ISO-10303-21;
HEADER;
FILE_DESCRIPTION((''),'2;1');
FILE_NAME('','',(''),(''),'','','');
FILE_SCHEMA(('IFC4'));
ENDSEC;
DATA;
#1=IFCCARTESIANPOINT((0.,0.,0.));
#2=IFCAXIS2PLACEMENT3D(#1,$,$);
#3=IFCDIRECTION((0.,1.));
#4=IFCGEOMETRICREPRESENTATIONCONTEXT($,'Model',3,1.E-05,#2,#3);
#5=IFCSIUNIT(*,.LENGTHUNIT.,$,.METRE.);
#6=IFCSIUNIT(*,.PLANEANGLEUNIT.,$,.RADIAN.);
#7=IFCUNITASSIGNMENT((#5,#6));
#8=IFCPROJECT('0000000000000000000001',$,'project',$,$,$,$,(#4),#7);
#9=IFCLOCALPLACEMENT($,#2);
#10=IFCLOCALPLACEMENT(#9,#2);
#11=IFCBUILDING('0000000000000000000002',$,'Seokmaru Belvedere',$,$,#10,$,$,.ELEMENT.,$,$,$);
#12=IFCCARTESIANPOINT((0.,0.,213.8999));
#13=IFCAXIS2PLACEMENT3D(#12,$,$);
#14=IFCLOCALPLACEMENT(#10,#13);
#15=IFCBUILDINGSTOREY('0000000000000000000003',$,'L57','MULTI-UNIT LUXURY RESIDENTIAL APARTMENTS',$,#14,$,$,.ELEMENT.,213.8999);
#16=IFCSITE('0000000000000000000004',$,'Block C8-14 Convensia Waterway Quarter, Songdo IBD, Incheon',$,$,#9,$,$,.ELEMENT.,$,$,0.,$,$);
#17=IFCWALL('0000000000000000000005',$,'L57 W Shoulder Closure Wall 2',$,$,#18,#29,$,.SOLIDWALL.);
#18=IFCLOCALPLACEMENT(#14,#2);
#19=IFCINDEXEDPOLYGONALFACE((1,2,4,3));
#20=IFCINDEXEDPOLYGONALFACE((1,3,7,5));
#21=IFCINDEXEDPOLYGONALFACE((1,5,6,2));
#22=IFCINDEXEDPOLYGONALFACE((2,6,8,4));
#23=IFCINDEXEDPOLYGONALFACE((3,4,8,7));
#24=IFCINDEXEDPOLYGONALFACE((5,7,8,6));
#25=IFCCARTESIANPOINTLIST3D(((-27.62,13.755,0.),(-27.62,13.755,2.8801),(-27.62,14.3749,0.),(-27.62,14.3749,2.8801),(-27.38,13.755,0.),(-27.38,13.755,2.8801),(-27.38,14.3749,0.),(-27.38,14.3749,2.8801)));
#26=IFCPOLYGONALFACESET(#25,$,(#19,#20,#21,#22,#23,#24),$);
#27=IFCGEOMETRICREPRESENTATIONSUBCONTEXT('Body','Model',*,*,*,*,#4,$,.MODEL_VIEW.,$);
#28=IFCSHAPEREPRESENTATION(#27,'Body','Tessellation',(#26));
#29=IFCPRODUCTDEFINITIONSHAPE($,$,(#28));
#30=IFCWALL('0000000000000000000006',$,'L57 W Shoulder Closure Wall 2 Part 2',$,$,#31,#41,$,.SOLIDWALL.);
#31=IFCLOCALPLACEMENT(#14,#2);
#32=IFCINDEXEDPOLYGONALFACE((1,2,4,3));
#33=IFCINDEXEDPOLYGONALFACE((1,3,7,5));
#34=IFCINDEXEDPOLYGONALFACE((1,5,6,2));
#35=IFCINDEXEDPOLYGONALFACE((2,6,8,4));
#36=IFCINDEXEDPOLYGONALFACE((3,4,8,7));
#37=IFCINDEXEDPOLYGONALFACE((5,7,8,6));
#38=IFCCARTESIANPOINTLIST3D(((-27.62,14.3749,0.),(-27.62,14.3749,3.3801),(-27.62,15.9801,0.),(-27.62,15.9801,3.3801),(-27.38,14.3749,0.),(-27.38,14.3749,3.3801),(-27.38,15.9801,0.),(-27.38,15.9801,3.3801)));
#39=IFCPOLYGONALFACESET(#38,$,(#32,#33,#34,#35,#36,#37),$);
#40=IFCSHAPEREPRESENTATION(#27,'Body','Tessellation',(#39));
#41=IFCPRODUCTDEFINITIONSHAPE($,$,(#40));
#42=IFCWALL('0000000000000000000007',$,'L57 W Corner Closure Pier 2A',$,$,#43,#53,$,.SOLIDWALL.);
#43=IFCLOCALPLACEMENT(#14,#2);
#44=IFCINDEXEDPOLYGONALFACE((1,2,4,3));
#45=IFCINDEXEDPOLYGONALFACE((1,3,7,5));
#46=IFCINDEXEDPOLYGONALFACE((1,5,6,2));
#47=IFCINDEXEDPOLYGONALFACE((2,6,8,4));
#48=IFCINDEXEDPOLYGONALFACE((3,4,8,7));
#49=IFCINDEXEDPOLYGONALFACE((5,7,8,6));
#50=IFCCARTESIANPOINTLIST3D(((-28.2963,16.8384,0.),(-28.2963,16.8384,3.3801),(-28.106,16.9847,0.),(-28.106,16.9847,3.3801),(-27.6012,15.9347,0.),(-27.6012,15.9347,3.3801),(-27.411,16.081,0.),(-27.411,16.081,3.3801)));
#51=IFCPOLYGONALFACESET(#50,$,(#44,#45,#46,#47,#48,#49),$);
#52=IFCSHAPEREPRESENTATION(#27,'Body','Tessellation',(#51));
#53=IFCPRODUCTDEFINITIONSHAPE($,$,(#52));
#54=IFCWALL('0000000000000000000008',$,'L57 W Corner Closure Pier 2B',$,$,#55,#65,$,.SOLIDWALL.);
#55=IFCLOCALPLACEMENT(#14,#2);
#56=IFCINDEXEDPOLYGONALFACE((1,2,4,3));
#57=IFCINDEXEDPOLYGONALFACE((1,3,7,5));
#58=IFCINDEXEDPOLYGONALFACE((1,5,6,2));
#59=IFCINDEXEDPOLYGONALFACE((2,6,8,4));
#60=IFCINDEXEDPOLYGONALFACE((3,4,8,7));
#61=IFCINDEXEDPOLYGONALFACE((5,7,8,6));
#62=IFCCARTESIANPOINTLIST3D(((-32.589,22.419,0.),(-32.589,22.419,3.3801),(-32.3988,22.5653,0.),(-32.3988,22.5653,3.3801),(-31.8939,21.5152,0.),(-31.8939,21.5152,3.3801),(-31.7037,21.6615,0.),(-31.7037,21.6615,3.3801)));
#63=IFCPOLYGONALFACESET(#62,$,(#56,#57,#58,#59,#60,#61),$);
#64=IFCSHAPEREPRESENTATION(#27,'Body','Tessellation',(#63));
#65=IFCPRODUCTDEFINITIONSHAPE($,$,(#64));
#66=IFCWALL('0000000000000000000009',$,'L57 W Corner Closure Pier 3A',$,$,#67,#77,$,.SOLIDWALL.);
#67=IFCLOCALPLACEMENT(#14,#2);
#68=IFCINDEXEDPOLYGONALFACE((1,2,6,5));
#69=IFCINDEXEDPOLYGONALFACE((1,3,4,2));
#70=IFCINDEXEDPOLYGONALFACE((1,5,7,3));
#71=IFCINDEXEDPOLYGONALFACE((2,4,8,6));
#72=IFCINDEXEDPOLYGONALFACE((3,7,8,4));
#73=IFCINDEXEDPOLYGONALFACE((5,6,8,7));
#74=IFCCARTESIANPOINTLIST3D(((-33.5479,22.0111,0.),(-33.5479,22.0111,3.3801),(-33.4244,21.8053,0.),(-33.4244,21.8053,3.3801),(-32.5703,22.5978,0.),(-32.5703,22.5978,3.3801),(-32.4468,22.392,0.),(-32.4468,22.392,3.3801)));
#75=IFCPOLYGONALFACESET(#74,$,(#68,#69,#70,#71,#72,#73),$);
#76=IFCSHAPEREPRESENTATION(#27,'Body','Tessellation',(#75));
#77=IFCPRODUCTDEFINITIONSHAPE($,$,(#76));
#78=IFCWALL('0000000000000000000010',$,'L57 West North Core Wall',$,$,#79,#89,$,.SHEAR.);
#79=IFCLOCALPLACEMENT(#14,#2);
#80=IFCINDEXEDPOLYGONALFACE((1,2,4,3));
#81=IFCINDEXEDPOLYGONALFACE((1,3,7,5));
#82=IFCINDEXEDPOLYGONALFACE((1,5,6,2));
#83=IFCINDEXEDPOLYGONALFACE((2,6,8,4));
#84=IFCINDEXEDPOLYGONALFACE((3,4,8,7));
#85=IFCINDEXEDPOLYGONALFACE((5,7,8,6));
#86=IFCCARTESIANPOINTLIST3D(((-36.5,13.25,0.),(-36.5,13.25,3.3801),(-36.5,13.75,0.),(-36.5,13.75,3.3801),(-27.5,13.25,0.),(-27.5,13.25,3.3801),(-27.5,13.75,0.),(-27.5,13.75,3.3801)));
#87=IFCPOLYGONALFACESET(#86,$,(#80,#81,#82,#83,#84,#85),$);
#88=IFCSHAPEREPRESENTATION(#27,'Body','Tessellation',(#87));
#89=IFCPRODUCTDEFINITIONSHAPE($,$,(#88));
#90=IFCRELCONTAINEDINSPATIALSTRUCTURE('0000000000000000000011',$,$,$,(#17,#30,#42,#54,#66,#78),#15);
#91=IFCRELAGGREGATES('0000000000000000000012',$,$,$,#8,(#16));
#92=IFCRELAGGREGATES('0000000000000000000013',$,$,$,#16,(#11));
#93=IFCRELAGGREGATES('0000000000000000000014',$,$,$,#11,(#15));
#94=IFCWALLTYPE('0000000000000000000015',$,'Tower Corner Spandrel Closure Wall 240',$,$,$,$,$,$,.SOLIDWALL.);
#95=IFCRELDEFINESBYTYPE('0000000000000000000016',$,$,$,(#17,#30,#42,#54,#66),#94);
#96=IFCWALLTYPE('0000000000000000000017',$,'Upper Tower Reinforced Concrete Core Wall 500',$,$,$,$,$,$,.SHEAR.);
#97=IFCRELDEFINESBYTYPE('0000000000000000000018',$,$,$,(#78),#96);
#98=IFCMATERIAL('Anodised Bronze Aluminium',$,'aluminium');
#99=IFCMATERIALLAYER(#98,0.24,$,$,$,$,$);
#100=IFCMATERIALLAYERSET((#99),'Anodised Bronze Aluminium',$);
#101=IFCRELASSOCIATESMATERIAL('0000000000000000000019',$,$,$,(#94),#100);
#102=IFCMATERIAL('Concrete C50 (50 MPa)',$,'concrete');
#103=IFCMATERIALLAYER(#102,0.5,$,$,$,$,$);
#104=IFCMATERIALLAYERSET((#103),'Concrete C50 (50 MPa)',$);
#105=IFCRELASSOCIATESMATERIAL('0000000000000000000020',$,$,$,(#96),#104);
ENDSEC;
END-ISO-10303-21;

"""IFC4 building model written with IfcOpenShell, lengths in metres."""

from ifc_helpers import new_model, si_unit, direction, frame, frame_2d, origin, place, context, subcontext, project, spatial, rectangle, extrude, material, layer, layer_set, type_object, element, save


model = new_model("IFC4")

# Units and contexts
model_context = context("Model", 3, precision=1e-05, world=origin(), true_north=direction((0.0, 1.0)))
body_context = subcontext(model_context, "Body", "Model", "MODEL_VIEW")
ifc_project = project(units=[si_unit("LENGTHUNIT", "METRE"), si_unit("PLANEANGLEUNIT", "RADIAN")], contexts=[model_context])

# Site, building, storey
site_placement = place(None, origin())
site = spatial("IfcSite", under=ifc_project, at=site_placement, Name="Block C8-14 Convensia Waterway Quarter, Songdo IBD, Incheon", CompositionType="ELEMENT", RefElevation=0.0)
building_placement = place(site_placement, origin())
building = spatial("IfcBuilding", under=site, at=building_placement, Name="Seokmaru Belvedere", CompositionType="ELEMENT")
storey_placement = place(building_placement, frame((0.0, 0.0, 213.8999)))
storey = spatial("IfcBuildingStorey", under=building, at=storey_placement, Name="L57", Description="MULTI-UNIT LUXURY RESIDENTIAL APARTMENTS", CompositionType="ELEMENT", Elevation=213.8999)

# Shared definitions
ifc_material_1 = material(Name="Anodised Bronze Aluminium", Category="aluminium")

# Walls
ifc_layer_1 = layer(ifc_material_1, 0.24)
ifc_layer_set_1 = layer_set([ifc_layer_1], Name="Anodised Bronze Aluminium")
wall_type_1 = type_object("IfcWallType", Name="Tower Corner Spandrel Closure Wall 240", PredefinedType="SOLIDWALL", material=ifc_layer_set_1)
wall_1_placement = place(storey_placement, frame((-27.5, 13.7549, 0.0), z_axis=(0.0, 0.0, 1.0), x_axis=(0.0, 1.0, 0.0)))
element("IfcWall", 1, at=wall_1_placement, inside=storey, type_object=wall_type_1, Name="L57 W Shoulder Closure Wall 2", PredefinedType="SOLIDWALL", context=body_context, shape_type="SweptSolid", body=[
    extrude(rectangle(XDim=0.6199, YDim=0.24, at=frame_2d((0.3101, 0.0))), origin(), (0.0, 0.0, 1.0), 2.8801),
])
wall_2_placement = place(storey_placement, frame((-27.5, 14.3748, 0.0), z_axis=(0.0, 0.0, 1.0), x_axis=(0.0, 1.0, 0.0)))
element("IfcWall", 2, at=wall_2_placement, inside=storey, type_object=wall_type_1, Name="L57 W Shoulder Closure Wall 2 Part 2", PredefinedType="SOLIDWALL", context=body_context, shape_type="SweptSolid", body=[
    extrude(rectangle(XDim=1.6052, YDim=0.24, at=frame_2d((0.8027, 0.0))), origin(), (0.0, 0.0, 1.0), 3.3801),
])
for number, where, z_axis, x_axis, name in (
    (3, (-27.5061, 16.0078, 0.0), (0.0, 0.0, 1.0), (-0.609618, 0.792696, 0.0), "L57 W Corner Closure Pier 2A"),
    (4, (-31.7988, 21.5884, 0.0), (0.0, 0.0, 1.0), (-0.609618, 0.792696, 0.0), "L57 W Corner Closure Pier 2B"),
    (5, (-32.5085, 22.4949, 0.0), (0.0, 0.0, 1.0), (-0.857436, -0.51459, 0.0), "L57 W Corner Closure Pier 3A"),
):
    element("IfcWall", number, at=place(storey_placement, frame(where, z_axis=z_axis, x_axis=x_axis)), inside=storey, type_object=wall_type_1, Name=name, PredefinedType="SOLIDWALL", context=body_context, shape_type="SweptSolid", body=[
        extrude(rectangle(XDim=1.1401, YDim=0.24, at=frame_2d((0.5701, 0.0))), origin(), (0.0, 0.0, 1.0), 3.3801),
    ])
ifc_material_2 = material(Name="Concrete C50 (50 MPa)", Category="concrete")
ifc_layer_2 = layer(ifc_material_2, 0.5)
ifc_layer_set_2 = layer_set([ifc_layer_2], Name="Concrete C50 (50 MPa)")
wall_type_2 = type_object("IfcWallType", Name="Upper Tower Reinforced Concrete Core Wall 500", PredefinedType="SHEAR", material=ifc_layer_set_2)
wall_3_placement = place(storey_placement, frame((-36.5, 13.5, 0.0), z_axis=(0.0, 0.0, 1.0), x_axis=(1.0, 0.0, 0.0)))
element("IfcWall", 6, at=wall_3_placement, inside=storey, type_object=wall_type_2, Name="L57 West North Core Wall", PredefinedType="SHEAR", context=body_context, shape_type="SweptSolid", body=[
    extrude(rectangle(XDim=9.0, YDim=0.5, at=frame_2d((4.5, 0.0))), origin(), (0.0, 0.0, 1.0), 3.3801),
])

save(model, "model.ifc")
